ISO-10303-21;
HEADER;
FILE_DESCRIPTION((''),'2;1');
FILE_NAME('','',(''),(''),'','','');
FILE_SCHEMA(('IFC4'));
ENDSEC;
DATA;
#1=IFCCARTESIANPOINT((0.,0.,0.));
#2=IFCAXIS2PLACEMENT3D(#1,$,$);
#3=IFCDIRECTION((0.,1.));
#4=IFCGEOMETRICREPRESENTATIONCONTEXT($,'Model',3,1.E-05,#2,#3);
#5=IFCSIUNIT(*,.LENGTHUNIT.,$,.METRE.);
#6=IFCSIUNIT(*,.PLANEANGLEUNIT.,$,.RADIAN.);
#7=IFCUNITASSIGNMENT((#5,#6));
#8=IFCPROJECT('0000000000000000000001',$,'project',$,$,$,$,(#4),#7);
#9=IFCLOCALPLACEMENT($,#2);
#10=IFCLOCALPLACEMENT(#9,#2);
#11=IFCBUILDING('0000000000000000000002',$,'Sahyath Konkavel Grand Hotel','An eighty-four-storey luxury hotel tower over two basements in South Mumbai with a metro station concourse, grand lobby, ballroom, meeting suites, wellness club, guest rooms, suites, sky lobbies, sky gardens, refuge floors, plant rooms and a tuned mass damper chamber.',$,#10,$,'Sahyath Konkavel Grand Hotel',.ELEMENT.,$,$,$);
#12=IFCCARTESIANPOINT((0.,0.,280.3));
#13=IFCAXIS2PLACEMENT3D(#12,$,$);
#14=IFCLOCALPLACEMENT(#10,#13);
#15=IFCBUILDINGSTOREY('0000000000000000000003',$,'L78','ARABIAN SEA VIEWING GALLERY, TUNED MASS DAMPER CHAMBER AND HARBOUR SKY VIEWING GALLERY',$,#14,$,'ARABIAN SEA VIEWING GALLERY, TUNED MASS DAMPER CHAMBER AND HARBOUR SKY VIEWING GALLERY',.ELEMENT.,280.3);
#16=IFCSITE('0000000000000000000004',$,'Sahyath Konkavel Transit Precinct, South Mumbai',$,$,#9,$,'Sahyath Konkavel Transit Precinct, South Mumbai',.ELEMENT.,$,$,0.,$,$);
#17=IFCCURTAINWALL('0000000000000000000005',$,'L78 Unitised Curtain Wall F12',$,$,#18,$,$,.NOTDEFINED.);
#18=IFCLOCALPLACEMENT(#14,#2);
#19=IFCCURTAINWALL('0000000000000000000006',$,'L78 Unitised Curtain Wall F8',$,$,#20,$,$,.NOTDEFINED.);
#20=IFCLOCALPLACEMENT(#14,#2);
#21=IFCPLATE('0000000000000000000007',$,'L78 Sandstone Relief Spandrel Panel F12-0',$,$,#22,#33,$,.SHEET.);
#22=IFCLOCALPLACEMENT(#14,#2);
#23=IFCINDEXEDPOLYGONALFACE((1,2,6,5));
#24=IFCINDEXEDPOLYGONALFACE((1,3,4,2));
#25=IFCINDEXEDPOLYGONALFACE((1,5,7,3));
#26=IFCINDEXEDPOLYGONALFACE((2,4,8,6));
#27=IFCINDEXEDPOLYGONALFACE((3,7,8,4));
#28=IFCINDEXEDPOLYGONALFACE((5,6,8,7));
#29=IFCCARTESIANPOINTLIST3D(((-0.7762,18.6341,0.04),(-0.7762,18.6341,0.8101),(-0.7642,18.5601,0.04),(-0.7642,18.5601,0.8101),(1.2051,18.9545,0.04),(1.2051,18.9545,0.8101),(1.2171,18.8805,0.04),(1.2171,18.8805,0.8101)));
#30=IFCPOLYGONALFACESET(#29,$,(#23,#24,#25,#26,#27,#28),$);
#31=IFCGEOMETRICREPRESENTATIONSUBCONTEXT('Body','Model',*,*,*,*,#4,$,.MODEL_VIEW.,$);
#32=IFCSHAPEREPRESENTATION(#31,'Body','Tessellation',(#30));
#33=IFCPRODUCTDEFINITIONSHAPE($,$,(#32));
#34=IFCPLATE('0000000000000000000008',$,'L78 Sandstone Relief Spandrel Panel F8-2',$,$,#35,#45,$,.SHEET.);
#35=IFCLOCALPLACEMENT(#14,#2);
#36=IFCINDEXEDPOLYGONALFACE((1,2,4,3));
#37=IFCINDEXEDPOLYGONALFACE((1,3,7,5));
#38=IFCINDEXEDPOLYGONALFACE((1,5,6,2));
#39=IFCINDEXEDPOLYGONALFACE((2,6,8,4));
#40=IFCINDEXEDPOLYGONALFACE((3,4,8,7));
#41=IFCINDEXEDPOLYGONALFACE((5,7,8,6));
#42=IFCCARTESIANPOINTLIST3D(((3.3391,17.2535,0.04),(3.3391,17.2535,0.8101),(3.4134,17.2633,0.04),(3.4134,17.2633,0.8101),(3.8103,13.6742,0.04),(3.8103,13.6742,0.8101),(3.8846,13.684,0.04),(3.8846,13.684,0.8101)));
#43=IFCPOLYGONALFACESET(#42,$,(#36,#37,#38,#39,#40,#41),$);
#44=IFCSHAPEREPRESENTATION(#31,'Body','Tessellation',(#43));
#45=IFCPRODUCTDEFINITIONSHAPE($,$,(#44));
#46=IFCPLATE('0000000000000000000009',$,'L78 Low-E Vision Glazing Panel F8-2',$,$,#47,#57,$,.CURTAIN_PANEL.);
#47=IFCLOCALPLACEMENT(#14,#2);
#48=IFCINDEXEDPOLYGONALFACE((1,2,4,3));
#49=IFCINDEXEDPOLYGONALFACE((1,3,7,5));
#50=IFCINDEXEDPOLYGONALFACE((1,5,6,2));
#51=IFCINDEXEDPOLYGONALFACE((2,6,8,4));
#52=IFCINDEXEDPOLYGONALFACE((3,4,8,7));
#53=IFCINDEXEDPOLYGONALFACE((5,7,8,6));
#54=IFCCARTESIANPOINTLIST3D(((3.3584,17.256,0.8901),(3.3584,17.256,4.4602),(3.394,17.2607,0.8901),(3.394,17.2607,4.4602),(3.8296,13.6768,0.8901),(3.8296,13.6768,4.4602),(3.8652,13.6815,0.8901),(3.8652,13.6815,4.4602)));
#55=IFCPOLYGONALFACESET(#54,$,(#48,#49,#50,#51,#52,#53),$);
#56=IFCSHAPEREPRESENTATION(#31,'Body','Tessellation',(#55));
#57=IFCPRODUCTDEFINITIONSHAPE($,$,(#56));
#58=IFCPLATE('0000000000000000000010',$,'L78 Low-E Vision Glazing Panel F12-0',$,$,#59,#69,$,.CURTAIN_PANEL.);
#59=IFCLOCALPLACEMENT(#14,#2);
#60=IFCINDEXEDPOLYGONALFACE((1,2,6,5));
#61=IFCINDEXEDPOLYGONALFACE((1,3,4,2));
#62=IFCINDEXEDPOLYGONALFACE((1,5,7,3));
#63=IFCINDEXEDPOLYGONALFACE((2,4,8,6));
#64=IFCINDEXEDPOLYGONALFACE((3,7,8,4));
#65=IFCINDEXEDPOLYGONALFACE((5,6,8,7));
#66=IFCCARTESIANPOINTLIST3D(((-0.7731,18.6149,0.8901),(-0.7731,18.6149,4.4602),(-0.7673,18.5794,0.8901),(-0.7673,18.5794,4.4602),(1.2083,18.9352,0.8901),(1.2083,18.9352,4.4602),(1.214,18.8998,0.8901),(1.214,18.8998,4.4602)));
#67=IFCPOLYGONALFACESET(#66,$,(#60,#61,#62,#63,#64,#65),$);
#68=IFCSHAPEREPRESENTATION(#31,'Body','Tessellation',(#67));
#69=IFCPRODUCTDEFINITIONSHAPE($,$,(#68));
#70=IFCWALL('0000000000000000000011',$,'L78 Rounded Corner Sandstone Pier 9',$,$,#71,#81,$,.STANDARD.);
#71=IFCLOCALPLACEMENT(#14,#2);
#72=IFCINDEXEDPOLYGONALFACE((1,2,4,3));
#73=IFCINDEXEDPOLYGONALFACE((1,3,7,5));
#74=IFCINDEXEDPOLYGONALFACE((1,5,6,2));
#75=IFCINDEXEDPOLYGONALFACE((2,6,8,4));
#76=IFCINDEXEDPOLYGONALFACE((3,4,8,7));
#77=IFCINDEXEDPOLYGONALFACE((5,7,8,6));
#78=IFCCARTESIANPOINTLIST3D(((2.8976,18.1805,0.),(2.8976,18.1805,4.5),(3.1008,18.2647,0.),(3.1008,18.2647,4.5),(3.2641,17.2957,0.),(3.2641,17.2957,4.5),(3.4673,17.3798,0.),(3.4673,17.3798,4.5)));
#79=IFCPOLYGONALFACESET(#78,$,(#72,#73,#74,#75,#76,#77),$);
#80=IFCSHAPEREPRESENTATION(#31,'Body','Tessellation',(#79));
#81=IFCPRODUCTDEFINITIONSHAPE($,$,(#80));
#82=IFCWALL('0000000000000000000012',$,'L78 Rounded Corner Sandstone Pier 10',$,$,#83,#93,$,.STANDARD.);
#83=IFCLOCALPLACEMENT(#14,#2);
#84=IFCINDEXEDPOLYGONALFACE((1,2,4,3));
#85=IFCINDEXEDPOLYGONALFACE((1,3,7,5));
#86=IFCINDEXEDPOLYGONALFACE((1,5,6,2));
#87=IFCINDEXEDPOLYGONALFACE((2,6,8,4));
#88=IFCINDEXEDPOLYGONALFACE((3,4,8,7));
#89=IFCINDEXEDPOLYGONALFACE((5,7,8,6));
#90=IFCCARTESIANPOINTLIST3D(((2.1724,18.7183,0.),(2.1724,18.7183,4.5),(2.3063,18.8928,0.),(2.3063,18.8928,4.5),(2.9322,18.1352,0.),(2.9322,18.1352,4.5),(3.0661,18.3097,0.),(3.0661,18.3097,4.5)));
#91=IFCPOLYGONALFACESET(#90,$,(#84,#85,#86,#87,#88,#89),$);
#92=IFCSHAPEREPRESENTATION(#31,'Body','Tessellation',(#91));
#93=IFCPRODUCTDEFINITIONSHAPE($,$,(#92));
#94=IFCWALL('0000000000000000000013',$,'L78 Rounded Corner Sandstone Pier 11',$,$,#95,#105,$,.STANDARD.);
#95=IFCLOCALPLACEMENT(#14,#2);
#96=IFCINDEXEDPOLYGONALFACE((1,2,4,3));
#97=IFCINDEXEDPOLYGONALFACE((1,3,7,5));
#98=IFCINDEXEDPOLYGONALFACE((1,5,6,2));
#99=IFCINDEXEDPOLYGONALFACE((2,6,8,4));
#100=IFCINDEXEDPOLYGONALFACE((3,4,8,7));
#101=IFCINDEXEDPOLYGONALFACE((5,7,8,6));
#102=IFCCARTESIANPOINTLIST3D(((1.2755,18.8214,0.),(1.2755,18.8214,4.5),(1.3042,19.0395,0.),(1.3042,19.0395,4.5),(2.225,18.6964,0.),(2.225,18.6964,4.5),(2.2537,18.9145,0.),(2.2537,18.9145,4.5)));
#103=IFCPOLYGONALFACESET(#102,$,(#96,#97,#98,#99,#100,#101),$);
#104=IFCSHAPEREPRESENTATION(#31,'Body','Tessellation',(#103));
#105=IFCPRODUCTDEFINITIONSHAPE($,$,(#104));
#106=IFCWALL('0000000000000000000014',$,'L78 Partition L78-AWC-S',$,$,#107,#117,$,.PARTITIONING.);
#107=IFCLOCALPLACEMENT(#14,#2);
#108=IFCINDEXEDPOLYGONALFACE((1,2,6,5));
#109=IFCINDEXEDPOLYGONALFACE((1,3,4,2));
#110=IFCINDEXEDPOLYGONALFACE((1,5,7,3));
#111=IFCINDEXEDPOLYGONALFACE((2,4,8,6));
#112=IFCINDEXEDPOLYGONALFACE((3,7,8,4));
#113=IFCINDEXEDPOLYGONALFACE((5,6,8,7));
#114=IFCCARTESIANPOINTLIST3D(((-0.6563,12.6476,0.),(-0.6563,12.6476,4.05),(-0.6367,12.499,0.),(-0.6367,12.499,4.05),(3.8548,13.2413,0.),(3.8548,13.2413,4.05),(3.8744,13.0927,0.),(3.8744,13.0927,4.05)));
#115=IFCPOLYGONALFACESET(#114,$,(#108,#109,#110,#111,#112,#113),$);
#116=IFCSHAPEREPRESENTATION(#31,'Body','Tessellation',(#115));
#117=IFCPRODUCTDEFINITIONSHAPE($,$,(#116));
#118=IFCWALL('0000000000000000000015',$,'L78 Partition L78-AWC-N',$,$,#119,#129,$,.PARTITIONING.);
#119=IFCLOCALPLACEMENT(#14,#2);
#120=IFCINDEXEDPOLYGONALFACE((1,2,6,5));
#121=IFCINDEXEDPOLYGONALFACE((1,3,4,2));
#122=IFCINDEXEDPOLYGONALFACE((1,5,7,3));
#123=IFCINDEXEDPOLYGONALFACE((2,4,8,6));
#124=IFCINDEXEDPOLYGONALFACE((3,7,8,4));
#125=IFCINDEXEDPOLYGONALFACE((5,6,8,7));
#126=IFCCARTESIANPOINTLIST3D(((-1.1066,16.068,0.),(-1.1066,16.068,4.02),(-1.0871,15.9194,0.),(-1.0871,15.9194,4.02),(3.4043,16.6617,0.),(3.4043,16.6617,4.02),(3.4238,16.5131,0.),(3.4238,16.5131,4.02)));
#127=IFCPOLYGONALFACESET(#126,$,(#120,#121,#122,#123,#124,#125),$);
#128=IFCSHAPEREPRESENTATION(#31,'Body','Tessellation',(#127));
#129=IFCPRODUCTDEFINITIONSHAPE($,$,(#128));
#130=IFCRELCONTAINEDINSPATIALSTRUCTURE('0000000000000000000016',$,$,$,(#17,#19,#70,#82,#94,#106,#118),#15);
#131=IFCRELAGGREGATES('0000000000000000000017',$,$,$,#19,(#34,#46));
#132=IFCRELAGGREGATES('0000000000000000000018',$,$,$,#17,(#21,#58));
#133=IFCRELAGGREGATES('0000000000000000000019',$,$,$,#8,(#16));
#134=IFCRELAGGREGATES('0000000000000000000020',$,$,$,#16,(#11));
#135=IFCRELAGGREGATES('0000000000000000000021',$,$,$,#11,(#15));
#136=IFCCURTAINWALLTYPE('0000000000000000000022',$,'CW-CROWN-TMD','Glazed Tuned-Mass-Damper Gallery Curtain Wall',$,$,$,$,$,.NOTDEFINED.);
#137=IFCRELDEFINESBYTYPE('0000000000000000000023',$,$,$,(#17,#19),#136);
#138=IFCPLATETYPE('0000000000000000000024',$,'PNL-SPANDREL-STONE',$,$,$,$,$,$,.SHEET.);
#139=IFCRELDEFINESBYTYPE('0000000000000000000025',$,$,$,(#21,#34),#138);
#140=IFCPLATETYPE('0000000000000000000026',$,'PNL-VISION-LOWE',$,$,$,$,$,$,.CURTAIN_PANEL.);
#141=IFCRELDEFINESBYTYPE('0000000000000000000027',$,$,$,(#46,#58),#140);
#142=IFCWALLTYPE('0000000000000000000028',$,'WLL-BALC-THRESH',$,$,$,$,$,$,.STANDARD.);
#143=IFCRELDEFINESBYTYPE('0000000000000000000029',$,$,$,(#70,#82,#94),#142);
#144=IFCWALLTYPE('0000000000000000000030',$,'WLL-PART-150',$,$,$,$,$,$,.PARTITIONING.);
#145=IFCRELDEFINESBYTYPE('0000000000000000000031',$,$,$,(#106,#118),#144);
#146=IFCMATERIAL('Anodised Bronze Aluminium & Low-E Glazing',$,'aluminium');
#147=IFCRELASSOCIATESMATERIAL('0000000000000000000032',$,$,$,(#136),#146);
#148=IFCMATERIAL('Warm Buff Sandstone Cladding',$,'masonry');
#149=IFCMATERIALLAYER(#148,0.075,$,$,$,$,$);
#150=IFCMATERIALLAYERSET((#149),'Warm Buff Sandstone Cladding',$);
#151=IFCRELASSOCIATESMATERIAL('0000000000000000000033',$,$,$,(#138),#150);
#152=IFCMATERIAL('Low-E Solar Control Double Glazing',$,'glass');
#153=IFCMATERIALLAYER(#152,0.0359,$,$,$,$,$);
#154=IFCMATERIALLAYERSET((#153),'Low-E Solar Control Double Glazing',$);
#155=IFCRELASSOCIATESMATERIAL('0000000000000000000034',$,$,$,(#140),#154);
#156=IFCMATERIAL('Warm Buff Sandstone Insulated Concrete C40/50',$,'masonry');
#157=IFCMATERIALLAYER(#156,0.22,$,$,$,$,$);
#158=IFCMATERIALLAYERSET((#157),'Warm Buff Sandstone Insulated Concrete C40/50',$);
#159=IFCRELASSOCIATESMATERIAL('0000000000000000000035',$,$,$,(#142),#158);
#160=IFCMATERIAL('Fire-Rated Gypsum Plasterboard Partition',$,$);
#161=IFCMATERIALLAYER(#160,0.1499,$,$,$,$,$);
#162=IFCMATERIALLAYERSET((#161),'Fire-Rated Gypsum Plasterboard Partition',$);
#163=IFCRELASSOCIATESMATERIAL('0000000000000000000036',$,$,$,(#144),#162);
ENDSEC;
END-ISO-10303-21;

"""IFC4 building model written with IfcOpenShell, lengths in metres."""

from ifc_helpers import new_model, si_unit, direction, frame, frame_2d, origin, origin_2d, place, context, subcontext, project, spatial, rectangle, extrude, source, transform, mapped, material, layer, layer_set, type_object, element, aggregate, save


model = new_model("IFC4")

# Units and contexts
model_context = context("Model", 3, precision=1e-05, world=origin(), true_north=direction((0.0, 1.0)))
body_context = subcontext(model_context, "Body", "Model", "MODEL_VIEW")
ifc_project = project(units=[si_unit("LENGTHUNIT", "METRE"), si_unit("PLANEANGLEUNIT", "RADIAN")], contexts=[model_context])

# Site, building, storey
site_placement = place(None, origin())
site = spatial("IfcSite", under=ifc_project, at=site_placement, Name="Sahyath Konkavel Transit Precinct, South Mumbai", LongName="Sahyath Konkavel Transit Precinct, South Mumbai", CompositionType="ELEMENT", RefElevation=0.0)
building_placement = place(site_placement, origin())
building = spatial("IfcBuilding", under=site, at=building_placement, Name="Sahyath Konkavel Grand Hotel", Description="An eighty-four-storey luxury hotel tower over two basements in South Mumbai with a metro station concourse, grand lobby, ballroom, meeting suites, wellness club, guest rooms, suites, sky lobbies, sky gardens, refuge floors, plant rooms and a tuned mass damper chamber.", LongName="Sahyath Konkavel Grand Hotel", CompositionType="ELEMENT")
storey_placement = place(building_placement, frame((0.0, 0.0, 280.3)))
storey = spatial("IfcBuildingStorey", under=building, at=storey_placement, Name="L78", Description="ARABIAN SEA VIEWING GALLERY, TUNED MASS DAMPER CHAMBER AND HARBOUR SKY VIEWING GALLERY", LongName="ARABIAN SEA VIEWING GALLERY, TUNED MASS DAMPER CHAMBER AND HARBOUR SKY VIEWING GALLERY", CompositionType="ELEMENT", Elevation=280.3)

# Curtain wall
ifc_material_1 = material(Name="Anodised Bronze Aluminium & Low-E Glazing", Category="aluminium")
curtain_wall_type = type_object("IfcCurtainWallType", Name="CW-CROWN-TMD", Description="Glazed Tuned-Mass-Damper Gallery Curtain Wall", PredefinedType="NOTDEFINED", material=ifc_material_1)
curtain_wall_1_placement = place(storey_placement, origin())
curtain_wall_1 = element("IfcCurtainWall", 1, at=curtain_wall_1_placement, inside=storey, type_object=curtain_wall_type, Name="L78 Unitised Curtain Wall F12", PredefinedType="NOTDEFINED")

# Curtain wall
curtain_wall_2_placement = place(storey_placement, origin())
curtain_wall_2 = element("IfcCurtainWall", 2, at=curtain_wall_2_placement, inside=storey, type_object=curtain_wall_type, Name="L78 Unitised Curtain Wall F8", PredefinedType="NOTDEFINED")

# Plates
ifc_material_2 = material(Name="Warm Buff Sandstone Cladding", Category="masonry")
ifc_layer_1 = layer(ifc_material_2, 0.075)
ifc_layer_set_1 = layer_set([ifc_layer_1], Name="Warm Buff Sandstone Cladding")
plate_type_1 = type_object("IfcPlateType", Name="PNL-SPANDREL-STONE", PredefinedType="SHEET", material=ifc_layer_set_1)
shared_shape_1 = source(origin(), body_context, "Body", "SweptSolid", [
    extrude(rectangle(XDim=2.0071, YDim=0.075, at=origin_2d()), origin(), (0.0, 0.0, 1.0), 0.77),
])
plate_1_placement = place(storey_placement, frame((0.2205, 18.7573, 0.04), z_axis=(0.0, 0.0, 1.0), x_axis=(-0.987178, -0.159623, 0.0)))
plate_1 = element("IfcPlate", 3, at=plate_1_placement, type_object=plate_type_1, Name="L78 Sandstone Relief Spandrel Panel F12-0", PredefinedType="SHEET", context=body_context, shape_type="MappedRepresentation", body=[
    mapped(shared_shape_1, transform((0.0, 0.0, 0.0), scale=1.0)),
])
shared_shape_2 = source(origin(), body_context, "Body", "SweptSolid", [
    extrude(rectangle(XDim=3.6101, YDim=0.075, at=origin_2d()), origin(), (0.0, 0.0, 1.0), 0.77),
])
plate_2_placement = place(storey_placement, frame((3.6118, 15.4688, 0.04), z_axis=(0.0, 0.0, 1.0), x_axis=(-0.130526, 0.991445, 0.0)))
plate_2 = element("IfcPlate", 4, at=plate_2_placement, type_object=plate_type_1, Name="L78 Sandstone Relief Spandrel Panel F8-2", PredefinedType="SHEET", context=body_context, shape_type="MappedRepresentation", body=[
    mapped(shared_shape_2, transform((0.0, 0.0, 0.0), scale=1.0)),
])
ifc_material_3 = material(Name="Low-E Solar Control Double Glazing", Category="glass")
ifc_layer_2 = layer(ifc_material_3, 0.0359)
ifc_layer_set_2 = layer_set([ifc_layer_2], Name="Low-E Solar Control Double Glazing")
plate_type_2 = type_object("IfcPlateType", Name="PNL-VISION-LOWE", PredefinedType="CURTAIN_PANEL", material=ifc_layer_set_2)
shared_shape_3 = source(origin(), body_context, "Body", "SweptSolid", [
    extrude(rectangle(XDim=3.6101, YDim=0.0359, at=origin_2d()), origin(), (0.0, 0.0, 1.0), 3.5701),
])
plate_3_placement = place(storey_placement, frame((3.6118, 15.4688, 0.8901), z_axis=(0.0, 0.0, 1.0), x_axis=(-0.130526, 0.991445, 0.0)))
plate_3 = element("IfcPlate", 5, at=plate_3_placement, type_object=plate_type_2, Name="L78 Low-E Vision Glazing Panel F8-2", PredefinedType="CURTAIN_PANEL", context=body_context, shape_type="MappedRepresentation", body=[
    mapped(shared_shape_3, transform((0.0, 0.0, 0.0), scale=1.0)),
])
aggregate(curtain_wall_2, [plate_2, plate_3])
shared_shape_4 = source(origin(), body_context, "Body", "SweptSolid", [
    extrude(rectangle(XDim=2.0071, YDim=0.0359, at=origin_2d()), origin(), (0.0, 0.0, 1.0), 3.5701),
])
plate_4_placement = place(storey_placement, frame((0.2205, 18.7573, 0.8901), z_axis=(0.0, 0.0, 1.0), x_axis=(-0.987178, -0.159623, 0.0)))
plate_4 = element("IfcPlate", 6, at=plate_4_placement, type_object=plate_type_2, Name="L78 Low-E Vision Glazing Panel F12-0", PredefinedType="CURTAIN_PANEL", context=body_context, shape_type="MappedRepresentation", body=[
    mapped(shared_shape_4, transform((0.0, 0.0, 0.0), scale=1.0)),
])
aggregate(curtain_wall_1, [plate_1, plate_4])

# Walls
ifc_material_4 = material(Name="Warm Buff Sandstone Insulated Concrete C40/50", Category="masonry")
ifc_layer_3 = layer(ifc_material_4, 0.22)
ifc_layer_set_3 = layer_set([ifc_layer_3], Name="Warm Buff Sandstone Insulated Concrete C40/50")
wall_type_1 = type_object("IfcWallType", Name="WLL-BALC-THRESH", PredefinedType="STANDARD", material=ifc_layer_set_3)
for number, where, z_axis, x_axis, name in (
    (7, (3.3657, 17.3376, 0.0), (0.0, 0.0, 1.0), (-0.38266, 0.923889, 0.0), "L78 Rounded Corner Sandstone Pier 9"),
    (8, (2.9993, 18.2224, 0.0), (0.0, 0.0, 1.0), (-0.793344, 0.608774, 0.0), "L78 Rounded Corner Sandstone Pier 10"),
    (9, (2.2395, 18.8054, 0.0), (0.0, 0.0, 1.0), (-0.991445, 0.130527, 0.0), "L78 Rounded Corner Sandstone Pier 11"),
):
    element("IfcWall", number, at=place(storey_placement, frame(where, z_axis=z_axis, x_axis=x_axis)), inside=storey, type_object=wall_type_1, Name=name, PredefinedType="STANDARD", context=body_context, shape_type="SweptSolid", body=[
        extrude(rectangle(XDim=0.9578, YDim=0.22, at=frame_2d((0.479, 0.0))), origin(), (0.0, 0.0, 1.0), 4.5),
    ])
ifc_material_5 = material(Name="Fire-Rated Gypsum Plasterboard Partition")
ifc_layer_4 = layer(ifc_material_5, 0.1499)
ifc_layer_set_4 = layer_set([ifc_layer_4], Name="Fire-Rated Gypsum Plasterboard Partition")
wall_type_2 = type_object("IfcWallType", Name="WLL-PART-150", PredefinedType="PARTITIONING", material=ifc_layer_set_4)
wall_1_placement = place(storey_placement, frame((3.8645, 13.167, 0.0), z_axis=(0.0, 0.0, 1.0), x_axis=(-0.99145, -0.130491, 0.0)))
element("IfcWall", 10, at=wall_1_placement, inside=storey, type_object=wall_type_2, Name="L78 Partition L78-AWC-S", PredefinedType="PARTITIONING", context=body_context, shape_type="SweptSolid", body=[
    extrude(rectangle(XDim=4.55, YDim=0.1499, at=frame_2d((2.2749, 0.0))), origin(), (0.0, 0.0, 1.0), 4.05),
])
wall_2_placement = place(storey_placement, frame((3.4141, 16.5874, 0.0), z_axis=(0.0, 0.0, 1.0), x_axis=(-0.991449, -0.130498, 0.0)))
element("IfcWall", 11, at=wall_2_placement, inside=storey, type_object=wall_type_2, Name="L78 Partition L78-AWC-N", PredefinedType="PARTITIONING", context=body_context, shape_type="SweptSolid", body=[
    extrude(rectangle(XDim=4.5498, YDim=0.1499, at=frame_2d((2.2749, 0.0))), origin(), (0.0, 0.0, 1.0), 4.02),
])

save(model, "model.ifc")
